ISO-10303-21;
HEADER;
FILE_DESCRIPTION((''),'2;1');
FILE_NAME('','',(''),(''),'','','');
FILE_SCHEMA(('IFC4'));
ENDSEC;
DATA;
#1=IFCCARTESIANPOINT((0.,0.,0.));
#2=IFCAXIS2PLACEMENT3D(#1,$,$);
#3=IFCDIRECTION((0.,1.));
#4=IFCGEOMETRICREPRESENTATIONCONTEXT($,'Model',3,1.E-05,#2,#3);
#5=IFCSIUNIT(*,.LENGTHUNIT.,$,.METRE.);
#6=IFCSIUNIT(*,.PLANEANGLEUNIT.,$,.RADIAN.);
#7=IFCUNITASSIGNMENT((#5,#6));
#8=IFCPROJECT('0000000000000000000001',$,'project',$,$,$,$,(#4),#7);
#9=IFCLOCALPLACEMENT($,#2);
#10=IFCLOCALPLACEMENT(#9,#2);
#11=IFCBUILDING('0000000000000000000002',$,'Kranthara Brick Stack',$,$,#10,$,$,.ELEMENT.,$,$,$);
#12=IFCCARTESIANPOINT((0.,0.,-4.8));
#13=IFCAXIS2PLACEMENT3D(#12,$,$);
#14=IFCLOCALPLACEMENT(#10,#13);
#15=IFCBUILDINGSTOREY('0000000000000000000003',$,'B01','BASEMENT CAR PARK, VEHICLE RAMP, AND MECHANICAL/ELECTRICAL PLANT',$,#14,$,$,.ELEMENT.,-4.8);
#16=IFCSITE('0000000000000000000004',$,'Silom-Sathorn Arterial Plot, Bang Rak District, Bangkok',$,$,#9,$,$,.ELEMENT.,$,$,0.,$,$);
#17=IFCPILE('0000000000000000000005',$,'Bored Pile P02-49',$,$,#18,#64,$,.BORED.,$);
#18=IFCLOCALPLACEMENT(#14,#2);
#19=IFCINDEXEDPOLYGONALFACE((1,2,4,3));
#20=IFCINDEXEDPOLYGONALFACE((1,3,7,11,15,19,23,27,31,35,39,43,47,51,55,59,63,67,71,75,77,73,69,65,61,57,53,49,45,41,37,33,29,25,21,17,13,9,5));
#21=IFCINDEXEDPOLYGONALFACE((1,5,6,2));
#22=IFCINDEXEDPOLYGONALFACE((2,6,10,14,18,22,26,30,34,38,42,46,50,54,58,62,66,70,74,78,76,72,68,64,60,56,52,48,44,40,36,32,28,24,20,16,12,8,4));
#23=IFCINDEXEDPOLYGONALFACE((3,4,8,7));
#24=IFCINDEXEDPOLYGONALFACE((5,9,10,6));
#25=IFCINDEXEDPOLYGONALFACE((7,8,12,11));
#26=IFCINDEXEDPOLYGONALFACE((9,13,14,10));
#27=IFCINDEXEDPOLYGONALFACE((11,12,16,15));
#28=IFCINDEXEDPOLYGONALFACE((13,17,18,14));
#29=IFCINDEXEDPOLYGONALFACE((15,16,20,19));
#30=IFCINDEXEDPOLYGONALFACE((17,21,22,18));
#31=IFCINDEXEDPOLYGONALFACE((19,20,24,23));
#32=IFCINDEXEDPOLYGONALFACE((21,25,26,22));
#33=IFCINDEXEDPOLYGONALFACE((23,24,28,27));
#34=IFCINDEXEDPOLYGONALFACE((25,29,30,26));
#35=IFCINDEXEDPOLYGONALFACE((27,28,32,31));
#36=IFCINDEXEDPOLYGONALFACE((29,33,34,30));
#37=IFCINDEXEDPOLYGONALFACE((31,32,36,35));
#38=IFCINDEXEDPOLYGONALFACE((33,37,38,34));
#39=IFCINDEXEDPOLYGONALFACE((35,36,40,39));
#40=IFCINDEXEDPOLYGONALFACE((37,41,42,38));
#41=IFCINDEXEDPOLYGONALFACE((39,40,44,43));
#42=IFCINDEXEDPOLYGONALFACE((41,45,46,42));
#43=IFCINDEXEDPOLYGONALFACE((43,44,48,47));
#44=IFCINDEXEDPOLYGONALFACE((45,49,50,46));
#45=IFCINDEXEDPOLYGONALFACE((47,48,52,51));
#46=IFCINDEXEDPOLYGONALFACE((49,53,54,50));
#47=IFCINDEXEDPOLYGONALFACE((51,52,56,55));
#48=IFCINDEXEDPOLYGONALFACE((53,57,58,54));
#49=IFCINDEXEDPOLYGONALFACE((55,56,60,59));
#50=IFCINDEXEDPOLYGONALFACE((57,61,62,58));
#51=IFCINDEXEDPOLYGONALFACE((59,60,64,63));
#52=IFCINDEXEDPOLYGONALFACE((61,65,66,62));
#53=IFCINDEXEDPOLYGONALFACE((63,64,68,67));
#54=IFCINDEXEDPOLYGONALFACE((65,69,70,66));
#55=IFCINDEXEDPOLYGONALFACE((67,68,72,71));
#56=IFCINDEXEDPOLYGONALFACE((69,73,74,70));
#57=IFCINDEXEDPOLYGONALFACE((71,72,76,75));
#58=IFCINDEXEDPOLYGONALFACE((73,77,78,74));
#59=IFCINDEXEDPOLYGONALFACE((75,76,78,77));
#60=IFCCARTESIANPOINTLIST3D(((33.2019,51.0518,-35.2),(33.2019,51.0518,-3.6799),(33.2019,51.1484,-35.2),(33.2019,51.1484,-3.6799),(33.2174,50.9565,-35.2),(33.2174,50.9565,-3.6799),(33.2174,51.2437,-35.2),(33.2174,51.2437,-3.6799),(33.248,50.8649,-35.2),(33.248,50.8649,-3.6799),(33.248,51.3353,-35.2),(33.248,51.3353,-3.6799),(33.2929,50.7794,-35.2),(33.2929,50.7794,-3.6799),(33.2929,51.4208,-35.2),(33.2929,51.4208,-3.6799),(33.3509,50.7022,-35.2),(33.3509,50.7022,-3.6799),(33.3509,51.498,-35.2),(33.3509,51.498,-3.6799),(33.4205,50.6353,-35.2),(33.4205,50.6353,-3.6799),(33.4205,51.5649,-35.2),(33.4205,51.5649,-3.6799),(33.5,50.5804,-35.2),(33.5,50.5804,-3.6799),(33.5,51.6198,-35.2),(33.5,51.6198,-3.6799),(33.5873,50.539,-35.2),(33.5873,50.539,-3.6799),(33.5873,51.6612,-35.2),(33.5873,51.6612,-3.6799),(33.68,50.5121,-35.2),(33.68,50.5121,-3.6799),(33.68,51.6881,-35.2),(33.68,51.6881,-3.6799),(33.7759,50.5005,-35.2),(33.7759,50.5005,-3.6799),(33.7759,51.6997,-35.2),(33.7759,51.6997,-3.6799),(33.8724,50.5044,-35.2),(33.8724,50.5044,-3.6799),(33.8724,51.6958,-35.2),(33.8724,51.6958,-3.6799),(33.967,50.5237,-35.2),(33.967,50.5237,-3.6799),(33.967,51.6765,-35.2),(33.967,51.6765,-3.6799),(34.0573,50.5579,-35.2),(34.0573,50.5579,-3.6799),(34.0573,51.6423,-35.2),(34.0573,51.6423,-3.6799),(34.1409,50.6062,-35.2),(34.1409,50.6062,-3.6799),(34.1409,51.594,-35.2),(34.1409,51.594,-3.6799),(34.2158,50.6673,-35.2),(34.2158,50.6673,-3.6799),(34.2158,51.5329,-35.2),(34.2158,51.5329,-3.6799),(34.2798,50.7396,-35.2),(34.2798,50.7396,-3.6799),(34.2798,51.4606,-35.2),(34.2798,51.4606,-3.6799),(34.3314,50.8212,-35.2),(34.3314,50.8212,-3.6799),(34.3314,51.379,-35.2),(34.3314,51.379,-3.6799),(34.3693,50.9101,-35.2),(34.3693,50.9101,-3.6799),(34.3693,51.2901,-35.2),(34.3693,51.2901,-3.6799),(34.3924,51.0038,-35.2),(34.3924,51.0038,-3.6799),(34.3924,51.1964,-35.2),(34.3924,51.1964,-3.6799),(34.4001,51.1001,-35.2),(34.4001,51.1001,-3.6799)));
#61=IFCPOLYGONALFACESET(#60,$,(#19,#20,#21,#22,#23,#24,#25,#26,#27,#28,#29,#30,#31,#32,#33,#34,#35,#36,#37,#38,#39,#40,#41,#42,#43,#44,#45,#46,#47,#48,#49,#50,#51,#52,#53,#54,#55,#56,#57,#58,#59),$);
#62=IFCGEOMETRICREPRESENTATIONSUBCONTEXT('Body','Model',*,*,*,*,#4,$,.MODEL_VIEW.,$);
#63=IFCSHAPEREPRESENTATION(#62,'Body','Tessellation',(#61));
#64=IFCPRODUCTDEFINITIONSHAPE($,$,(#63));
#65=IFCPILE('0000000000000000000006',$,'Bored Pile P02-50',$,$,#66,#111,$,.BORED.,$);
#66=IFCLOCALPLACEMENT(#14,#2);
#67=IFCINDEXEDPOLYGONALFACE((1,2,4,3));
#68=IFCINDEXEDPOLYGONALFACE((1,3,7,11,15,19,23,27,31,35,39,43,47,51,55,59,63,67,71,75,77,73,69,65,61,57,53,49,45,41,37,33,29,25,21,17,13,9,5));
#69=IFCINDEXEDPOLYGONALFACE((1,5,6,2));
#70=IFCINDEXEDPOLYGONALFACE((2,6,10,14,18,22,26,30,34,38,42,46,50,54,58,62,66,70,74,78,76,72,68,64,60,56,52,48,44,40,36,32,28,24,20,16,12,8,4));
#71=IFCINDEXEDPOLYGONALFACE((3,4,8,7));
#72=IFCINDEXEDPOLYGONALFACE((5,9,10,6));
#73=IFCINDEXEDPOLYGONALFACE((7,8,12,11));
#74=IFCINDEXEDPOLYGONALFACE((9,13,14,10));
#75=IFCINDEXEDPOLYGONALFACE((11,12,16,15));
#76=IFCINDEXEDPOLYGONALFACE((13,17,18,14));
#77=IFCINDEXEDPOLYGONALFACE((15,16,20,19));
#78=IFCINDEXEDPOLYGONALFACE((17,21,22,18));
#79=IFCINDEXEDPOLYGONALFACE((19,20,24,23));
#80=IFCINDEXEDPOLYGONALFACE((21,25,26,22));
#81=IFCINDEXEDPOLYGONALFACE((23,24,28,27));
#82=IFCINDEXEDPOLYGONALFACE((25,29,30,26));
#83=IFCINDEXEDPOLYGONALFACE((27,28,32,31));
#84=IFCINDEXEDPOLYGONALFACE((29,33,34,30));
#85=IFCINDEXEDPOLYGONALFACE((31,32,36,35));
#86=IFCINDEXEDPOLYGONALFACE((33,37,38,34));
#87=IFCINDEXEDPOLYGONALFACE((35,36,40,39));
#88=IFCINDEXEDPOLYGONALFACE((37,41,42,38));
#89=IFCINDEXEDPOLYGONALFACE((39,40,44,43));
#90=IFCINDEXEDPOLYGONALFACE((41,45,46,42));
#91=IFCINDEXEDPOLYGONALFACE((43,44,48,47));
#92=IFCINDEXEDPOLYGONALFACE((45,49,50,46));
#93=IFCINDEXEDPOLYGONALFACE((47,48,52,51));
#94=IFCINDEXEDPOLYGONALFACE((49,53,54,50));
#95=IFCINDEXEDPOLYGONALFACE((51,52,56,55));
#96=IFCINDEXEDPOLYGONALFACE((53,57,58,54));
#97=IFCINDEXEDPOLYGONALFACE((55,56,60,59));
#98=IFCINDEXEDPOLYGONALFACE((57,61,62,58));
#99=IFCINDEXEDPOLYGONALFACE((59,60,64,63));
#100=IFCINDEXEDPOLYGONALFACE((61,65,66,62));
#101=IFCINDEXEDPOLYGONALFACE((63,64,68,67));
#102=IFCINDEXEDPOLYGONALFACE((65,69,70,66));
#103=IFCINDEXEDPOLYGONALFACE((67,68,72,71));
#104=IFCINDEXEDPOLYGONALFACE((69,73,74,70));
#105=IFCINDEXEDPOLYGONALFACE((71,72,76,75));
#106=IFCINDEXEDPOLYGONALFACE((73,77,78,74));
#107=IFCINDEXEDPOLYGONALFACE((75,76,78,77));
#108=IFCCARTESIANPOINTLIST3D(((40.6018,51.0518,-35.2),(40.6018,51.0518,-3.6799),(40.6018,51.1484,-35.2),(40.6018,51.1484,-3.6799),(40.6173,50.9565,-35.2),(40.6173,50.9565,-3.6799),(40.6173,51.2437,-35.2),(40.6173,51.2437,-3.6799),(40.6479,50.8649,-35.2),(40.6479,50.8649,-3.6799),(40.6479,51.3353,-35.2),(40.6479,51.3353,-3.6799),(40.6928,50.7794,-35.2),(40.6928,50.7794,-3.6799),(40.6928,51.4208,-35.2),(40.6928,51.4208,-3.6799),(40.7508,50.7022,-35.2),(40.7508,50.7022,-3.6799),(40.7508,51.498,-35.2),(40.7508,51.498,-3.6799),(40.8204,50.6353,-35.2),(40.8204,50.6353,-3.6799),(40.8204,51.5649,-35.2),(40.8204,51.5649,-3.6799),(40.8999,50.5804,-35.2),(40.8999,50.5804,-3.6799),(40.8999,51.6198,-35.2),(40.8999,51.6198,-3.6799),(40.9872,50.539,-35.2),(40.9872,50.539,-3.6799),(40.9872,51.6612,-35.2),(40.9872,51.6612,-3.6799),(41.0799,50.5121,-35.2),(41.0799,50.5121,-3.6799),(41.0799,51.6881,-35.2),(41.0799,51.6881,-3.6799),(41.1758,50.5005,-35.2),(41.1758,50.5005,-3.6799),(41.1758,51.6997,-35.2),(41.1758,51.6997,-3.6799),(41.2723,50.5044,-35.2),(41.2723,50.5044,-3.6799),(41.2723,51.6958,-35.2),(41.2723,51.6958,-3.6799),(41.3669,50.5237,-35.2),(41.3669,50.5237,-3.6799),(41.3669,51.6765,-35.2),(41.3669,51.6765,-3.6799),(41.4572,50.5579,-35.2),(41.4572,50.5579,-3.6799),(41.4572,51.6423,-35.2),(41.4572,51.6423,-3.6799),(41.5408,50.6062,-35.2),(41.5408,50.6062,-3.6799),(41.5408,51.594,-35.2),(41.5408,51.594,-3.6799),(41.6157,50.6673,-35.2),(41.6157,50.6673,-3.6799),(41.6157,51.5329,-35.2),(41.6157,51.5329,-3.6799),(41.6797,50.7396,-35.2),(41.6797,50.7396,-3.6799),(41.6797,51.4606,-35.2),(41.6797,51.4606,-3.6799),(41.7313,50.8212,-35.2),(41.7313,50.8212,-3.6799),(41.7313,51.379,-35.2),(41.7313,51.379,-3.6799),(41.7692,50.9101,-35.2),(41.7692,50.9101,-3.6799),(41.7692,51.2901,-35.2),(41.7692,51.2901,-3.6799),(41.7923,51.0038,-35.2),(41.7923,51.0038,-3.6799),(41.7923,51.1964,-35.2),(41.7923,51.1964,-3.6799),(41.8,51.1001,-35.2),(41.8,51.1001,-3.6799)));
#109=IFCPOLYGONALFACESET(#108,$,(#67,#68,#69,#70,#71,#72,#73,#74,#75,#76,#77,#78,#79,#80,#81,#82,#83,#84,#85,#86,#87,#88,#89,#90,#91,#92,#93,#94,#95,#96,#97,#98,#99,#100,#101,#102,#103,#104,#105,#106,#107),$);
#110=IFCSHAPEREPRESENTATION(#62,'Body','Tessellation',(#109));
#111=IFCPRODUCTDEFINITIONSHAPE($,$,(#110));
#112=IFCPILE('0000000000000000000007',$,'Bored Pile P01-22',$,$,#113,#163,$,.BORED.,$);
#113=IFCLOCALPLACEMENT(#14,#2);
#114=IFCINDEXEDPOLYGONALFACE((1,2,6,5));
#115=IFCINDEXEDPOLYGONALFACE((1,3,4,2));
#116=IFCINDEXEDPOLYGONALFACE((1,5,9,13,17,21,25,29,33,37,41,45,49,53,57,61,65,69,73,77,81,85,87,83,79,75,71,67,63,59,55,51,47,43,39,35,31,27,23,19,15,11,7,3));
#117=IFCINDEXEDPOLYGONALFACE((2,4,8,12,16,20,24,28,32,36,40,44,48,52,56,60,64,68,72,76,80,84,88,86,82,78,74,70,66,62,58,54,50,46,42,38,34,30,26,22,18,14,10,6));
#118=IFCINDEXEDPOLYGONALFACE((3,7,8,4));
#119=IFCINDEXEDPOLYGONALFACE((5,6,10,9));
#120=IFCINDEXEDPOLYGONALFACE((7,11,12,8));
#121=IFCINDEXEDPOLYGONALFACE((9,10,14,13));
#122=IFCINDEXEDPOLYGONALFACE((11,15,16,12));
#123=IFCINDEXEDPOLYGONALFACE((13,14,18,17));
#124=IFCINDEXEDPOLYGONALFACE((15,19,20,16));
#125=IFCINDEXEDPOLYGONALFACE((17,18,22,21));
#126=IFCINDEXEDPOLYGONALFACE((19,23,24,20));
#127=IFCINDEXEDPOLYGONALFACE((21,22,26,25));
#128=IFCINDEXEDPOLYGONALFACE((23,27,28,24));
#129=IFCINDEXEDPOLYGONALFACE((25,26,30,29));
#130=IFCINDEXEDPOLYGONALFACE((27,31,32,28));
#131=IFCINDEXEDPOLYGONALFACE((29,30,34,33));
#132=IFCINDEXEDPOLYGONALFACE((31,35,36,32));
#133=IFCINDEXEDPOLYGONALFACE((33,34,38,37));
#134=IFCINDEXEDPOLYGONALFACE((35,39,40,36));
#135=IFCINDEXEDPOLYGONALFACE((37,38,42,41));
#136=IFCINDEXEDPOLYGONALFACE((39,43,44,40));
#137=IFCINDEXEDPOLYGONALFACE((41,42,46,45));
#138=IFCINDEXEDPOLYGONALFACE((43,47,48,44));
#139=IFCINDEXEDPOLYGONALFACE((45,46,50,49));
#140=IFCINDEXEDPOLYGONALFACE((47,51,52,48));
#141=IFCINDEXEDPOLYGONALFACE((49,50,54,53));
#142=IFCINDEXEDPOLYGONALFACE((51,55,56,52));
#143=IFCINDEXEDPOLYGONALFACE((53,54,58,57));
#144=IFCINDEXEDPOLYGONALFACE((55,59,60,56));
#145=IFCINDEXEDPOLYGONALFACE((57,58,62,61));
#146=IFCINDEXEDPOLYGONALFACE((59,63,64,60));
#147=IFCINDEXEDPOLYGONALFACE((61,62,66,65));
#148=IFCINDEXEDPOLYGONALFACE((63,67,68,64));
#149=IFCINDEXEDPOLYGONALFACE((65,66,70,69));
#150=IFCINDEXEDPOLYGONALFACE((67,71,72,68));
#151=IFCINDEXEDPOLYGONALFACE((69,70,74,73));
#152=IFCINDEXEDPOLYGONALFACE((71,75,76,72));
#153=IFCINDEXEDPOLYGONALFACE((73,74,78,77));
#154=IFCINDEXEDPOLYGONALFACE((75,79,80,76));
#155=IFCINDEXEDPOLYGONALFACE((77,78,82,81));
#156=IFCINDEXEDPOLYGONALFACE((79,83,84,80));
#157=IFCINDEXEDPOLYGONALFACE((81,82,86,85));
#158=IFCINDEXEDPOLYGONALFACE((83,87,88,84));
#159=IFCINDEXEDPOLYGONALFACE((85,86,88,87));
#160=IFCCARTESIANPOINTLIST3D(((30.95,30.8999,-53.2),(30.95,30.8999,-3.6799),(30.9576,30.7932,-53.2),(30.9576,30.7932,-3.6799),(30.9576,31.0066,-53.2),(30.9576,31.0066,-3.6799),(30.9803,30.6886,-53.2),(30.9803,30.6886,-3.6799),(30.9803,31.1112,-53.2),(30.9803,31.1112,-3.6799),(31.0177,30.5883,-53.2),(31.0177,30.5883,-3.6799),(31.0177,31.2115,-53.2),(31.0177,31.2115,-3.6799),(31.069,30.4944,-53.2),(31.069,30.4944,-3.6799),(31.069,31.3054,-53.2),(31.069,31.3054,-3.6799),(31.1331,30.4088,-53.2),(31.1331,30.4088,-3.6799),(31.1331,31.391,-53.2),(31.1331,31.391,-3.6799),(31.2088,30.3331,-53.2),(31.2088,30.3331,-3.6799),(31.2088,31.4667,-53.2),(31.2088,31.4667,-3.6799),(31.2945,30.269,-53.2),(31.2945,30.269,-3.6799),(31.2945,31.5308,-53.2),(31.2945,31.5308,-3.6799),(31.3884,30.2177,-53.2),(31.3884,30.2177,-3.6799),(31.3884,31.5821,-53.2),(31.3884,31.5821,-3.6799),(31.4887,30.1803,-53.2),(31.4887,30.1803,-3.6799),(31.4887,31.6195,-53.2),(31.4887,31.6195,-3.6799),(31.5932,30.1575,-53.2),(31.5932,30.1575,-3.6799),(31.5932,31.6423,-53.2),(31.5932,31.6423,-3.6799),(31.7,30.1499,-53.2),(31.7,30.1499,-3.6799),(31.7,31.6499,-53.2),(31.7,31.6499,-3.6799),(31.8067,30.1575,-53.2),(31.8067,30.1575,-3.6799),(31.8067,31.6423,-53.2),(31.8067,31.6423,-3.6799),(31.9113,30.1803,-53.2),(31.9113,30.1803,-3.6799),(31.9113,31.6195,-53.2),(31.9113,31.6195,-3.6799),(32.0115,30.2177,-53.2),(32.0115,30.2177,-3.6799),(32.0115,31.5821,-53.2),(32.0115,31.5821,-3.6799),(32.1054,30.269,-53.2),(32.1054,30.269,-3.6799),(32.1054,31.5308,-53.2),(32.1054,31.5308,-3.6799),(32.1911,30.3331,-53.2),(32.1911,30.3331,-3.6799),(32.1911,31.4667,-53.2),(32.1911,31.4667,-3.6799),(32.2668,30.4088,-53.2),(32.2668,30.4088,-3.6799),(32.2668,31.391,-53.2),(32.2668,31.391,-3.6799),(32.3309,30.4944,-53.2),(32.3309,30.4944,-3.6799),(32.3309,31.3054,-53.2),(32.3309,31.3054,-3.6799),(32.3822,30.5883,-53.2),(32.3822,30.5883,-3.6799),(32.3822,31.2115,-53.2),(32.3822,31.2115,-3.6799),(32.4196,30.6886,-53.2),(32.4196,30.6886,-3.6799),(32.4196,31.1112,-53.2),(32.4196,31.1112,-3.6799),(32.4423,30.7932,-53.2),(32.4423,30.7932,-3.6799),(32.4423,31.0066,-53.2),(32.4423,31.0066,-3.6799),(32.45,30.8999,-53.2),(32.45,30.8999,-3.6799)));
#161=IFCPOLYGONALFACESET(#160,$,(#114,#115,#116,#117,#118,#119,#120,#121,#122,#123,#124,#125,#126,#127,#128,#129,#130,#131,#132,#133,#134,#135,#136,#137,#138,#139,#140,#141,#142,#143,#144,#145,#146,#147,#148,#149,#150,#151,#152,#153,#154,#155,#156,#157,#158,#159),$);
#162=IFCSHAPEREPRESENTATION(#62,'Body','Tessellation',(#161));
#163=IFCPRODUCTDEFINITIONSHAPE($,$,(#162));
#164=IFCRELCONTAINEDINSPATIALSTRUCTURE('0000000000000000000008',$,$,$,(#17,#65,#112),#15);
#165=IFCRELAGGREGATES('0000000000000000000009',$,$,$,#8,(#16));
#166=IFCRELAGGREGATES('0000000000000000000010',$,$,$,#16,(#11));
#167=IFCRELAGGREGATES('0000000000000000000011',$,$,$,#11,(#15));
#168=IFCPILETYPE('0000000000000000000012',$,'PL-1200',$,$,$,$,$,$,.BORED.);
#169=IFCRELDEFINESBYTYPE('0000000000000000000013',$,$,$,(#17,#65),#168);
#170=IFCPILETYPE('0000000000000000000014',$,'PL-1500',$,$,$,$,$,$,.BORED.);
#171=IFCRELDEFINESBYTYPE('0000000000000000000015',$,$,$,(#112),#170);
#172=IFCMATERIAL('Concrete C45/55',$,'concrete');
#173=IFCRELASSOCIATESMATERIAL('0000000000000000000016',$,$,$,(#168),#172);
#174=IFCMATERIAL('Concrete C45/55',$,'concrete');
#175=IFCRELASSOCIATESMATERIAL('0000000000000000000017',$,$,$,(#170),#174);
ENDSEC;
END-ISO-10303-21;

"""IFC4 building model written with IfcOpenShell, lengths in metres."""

from ifc_helpers import new_model, si_unit, direction, frame, origin, origin_2d, place, context, subcontext, project, spatial, circle, extrude, material, material_profile, profile_set, type_object, element, save


model = new_model("IFC4")

# Units and contexts
model_context = context("Model", 3, precision=1e-05, world=origin(), true_north=direction((0.0, 1.0)))
body_context = subcontext(model_context, "Body", "Model", "MODEL_VIEW")
ifc_project = project(units=[si_unit("LENGTHUNIT", "METRE"), si_unit("PLANEANGLEUNIT", "RADIAN")], contexts=[model_context])

# Site, building, storey
site_placement = place(None, origin())
site = spatial("IfcSite", under=ifc_project, at=site_placement, Name="Silom-Sathorn Arterial Plot, Bang Rak District, Bangkok", CompositionType="ELEMENT", RefElevation=0.0)
building_placement = place(site_placement, origin())
building = spatial("IfcBuilding", under=site, at=building_placement, Name="Kranthara Brick Stack", CompositionType="ELEMENT")
storey_placement = place(building_placement, frame((0.0, 0.0, -4.8)))
storey = spatial("IfcBuildingStorey", under=building, at=storey_placement, Name="B01", Description="BASEMENT CAR PARK, VEHICLE RAMP, AND MECHANICAL/ELECTRICAL PLANT", CompositionType="ELEMENT", Elevation=-4.8)

# Piles
ifc_material_1 = material(Name="Concrete C45/55", Category="concrete")
ifc_material_profile_1 = material_profile(ifc_material_1, circle(Radius=0.6001, at=origin_2d()), Name="BORED PILE 1200")
ifc_profile_set_1 = profile_set([ifc_material_profile_1], Name="Concrete C45/55")
pile_type_1 = type_object("IfcPileType", Name="PL-1200", PredefinedType="BORED", material=ifc_profile_set_1)
for number, where, z_axis, x_axis, name in (
    (1, (33.8, 51.1001, -3.6799), (0.0, 0.0, -1.0), (1.0, 0.0, 0.0), "Bored Pile P02-49"),
    (2, (41.2, 51.1001, -3.6799), (0.0, 0.0, -1.0), (1.0, 0.0, 0.0), "Bored Pile P02-50"),
):
    element("IfcPile", number, at=place(storey_placement, frame(where, z_axis=z_axis, x_axis=x_axis)), inside=storey, type_object=pile_type_1, Name=name, PredefinedType="BORED", context=body_context, shape_type="SweptSolid", body=[
        extrude(circle(Radius=0.6001, at=origin_2d()), origin(), (0.0, 0.0, 1.0), 31.52),
    ])
ifc_material_2 = material(Name="Concrete C45/55", Category="concrete")
ifc_material_profile_2 = material_profile(ifc_material_2, circle(Radius=0.75, at=origin_2d()), Name="BORED PILE 1500")
ifc_profile_set_2 = profile_set([ifc_material_profile_2], Name="Concrete C45/55")
pile_type_2 = type_object("IfcPileType", Name="PL-1500", PredefinedType="BORED", material=ifc_profile_set_2)
for number, where, z_axis, x_axis, name in (
    (3, (31.7, 30.8999, -3.6799), (0.0, 0.0, -1.0), (1.0, 0.0, 0.0), "Bored Pile P01-22"),
):
    element("IfcPile", number, at=place(storey_placement, frame(where, z_axis=z_axis, x_axis=x_axis)), inside=storey, type_object=pile_type_2, Name=name, PredefinedType="BORED", context=body_context, shape_type="SweptSolid", body=[
        extrude(circle(Radius=0.75, at=origin_2d()), origin(), (0.0, 0.0, 1.0), 49.52),
    ])

save(model, "model.ifc")
